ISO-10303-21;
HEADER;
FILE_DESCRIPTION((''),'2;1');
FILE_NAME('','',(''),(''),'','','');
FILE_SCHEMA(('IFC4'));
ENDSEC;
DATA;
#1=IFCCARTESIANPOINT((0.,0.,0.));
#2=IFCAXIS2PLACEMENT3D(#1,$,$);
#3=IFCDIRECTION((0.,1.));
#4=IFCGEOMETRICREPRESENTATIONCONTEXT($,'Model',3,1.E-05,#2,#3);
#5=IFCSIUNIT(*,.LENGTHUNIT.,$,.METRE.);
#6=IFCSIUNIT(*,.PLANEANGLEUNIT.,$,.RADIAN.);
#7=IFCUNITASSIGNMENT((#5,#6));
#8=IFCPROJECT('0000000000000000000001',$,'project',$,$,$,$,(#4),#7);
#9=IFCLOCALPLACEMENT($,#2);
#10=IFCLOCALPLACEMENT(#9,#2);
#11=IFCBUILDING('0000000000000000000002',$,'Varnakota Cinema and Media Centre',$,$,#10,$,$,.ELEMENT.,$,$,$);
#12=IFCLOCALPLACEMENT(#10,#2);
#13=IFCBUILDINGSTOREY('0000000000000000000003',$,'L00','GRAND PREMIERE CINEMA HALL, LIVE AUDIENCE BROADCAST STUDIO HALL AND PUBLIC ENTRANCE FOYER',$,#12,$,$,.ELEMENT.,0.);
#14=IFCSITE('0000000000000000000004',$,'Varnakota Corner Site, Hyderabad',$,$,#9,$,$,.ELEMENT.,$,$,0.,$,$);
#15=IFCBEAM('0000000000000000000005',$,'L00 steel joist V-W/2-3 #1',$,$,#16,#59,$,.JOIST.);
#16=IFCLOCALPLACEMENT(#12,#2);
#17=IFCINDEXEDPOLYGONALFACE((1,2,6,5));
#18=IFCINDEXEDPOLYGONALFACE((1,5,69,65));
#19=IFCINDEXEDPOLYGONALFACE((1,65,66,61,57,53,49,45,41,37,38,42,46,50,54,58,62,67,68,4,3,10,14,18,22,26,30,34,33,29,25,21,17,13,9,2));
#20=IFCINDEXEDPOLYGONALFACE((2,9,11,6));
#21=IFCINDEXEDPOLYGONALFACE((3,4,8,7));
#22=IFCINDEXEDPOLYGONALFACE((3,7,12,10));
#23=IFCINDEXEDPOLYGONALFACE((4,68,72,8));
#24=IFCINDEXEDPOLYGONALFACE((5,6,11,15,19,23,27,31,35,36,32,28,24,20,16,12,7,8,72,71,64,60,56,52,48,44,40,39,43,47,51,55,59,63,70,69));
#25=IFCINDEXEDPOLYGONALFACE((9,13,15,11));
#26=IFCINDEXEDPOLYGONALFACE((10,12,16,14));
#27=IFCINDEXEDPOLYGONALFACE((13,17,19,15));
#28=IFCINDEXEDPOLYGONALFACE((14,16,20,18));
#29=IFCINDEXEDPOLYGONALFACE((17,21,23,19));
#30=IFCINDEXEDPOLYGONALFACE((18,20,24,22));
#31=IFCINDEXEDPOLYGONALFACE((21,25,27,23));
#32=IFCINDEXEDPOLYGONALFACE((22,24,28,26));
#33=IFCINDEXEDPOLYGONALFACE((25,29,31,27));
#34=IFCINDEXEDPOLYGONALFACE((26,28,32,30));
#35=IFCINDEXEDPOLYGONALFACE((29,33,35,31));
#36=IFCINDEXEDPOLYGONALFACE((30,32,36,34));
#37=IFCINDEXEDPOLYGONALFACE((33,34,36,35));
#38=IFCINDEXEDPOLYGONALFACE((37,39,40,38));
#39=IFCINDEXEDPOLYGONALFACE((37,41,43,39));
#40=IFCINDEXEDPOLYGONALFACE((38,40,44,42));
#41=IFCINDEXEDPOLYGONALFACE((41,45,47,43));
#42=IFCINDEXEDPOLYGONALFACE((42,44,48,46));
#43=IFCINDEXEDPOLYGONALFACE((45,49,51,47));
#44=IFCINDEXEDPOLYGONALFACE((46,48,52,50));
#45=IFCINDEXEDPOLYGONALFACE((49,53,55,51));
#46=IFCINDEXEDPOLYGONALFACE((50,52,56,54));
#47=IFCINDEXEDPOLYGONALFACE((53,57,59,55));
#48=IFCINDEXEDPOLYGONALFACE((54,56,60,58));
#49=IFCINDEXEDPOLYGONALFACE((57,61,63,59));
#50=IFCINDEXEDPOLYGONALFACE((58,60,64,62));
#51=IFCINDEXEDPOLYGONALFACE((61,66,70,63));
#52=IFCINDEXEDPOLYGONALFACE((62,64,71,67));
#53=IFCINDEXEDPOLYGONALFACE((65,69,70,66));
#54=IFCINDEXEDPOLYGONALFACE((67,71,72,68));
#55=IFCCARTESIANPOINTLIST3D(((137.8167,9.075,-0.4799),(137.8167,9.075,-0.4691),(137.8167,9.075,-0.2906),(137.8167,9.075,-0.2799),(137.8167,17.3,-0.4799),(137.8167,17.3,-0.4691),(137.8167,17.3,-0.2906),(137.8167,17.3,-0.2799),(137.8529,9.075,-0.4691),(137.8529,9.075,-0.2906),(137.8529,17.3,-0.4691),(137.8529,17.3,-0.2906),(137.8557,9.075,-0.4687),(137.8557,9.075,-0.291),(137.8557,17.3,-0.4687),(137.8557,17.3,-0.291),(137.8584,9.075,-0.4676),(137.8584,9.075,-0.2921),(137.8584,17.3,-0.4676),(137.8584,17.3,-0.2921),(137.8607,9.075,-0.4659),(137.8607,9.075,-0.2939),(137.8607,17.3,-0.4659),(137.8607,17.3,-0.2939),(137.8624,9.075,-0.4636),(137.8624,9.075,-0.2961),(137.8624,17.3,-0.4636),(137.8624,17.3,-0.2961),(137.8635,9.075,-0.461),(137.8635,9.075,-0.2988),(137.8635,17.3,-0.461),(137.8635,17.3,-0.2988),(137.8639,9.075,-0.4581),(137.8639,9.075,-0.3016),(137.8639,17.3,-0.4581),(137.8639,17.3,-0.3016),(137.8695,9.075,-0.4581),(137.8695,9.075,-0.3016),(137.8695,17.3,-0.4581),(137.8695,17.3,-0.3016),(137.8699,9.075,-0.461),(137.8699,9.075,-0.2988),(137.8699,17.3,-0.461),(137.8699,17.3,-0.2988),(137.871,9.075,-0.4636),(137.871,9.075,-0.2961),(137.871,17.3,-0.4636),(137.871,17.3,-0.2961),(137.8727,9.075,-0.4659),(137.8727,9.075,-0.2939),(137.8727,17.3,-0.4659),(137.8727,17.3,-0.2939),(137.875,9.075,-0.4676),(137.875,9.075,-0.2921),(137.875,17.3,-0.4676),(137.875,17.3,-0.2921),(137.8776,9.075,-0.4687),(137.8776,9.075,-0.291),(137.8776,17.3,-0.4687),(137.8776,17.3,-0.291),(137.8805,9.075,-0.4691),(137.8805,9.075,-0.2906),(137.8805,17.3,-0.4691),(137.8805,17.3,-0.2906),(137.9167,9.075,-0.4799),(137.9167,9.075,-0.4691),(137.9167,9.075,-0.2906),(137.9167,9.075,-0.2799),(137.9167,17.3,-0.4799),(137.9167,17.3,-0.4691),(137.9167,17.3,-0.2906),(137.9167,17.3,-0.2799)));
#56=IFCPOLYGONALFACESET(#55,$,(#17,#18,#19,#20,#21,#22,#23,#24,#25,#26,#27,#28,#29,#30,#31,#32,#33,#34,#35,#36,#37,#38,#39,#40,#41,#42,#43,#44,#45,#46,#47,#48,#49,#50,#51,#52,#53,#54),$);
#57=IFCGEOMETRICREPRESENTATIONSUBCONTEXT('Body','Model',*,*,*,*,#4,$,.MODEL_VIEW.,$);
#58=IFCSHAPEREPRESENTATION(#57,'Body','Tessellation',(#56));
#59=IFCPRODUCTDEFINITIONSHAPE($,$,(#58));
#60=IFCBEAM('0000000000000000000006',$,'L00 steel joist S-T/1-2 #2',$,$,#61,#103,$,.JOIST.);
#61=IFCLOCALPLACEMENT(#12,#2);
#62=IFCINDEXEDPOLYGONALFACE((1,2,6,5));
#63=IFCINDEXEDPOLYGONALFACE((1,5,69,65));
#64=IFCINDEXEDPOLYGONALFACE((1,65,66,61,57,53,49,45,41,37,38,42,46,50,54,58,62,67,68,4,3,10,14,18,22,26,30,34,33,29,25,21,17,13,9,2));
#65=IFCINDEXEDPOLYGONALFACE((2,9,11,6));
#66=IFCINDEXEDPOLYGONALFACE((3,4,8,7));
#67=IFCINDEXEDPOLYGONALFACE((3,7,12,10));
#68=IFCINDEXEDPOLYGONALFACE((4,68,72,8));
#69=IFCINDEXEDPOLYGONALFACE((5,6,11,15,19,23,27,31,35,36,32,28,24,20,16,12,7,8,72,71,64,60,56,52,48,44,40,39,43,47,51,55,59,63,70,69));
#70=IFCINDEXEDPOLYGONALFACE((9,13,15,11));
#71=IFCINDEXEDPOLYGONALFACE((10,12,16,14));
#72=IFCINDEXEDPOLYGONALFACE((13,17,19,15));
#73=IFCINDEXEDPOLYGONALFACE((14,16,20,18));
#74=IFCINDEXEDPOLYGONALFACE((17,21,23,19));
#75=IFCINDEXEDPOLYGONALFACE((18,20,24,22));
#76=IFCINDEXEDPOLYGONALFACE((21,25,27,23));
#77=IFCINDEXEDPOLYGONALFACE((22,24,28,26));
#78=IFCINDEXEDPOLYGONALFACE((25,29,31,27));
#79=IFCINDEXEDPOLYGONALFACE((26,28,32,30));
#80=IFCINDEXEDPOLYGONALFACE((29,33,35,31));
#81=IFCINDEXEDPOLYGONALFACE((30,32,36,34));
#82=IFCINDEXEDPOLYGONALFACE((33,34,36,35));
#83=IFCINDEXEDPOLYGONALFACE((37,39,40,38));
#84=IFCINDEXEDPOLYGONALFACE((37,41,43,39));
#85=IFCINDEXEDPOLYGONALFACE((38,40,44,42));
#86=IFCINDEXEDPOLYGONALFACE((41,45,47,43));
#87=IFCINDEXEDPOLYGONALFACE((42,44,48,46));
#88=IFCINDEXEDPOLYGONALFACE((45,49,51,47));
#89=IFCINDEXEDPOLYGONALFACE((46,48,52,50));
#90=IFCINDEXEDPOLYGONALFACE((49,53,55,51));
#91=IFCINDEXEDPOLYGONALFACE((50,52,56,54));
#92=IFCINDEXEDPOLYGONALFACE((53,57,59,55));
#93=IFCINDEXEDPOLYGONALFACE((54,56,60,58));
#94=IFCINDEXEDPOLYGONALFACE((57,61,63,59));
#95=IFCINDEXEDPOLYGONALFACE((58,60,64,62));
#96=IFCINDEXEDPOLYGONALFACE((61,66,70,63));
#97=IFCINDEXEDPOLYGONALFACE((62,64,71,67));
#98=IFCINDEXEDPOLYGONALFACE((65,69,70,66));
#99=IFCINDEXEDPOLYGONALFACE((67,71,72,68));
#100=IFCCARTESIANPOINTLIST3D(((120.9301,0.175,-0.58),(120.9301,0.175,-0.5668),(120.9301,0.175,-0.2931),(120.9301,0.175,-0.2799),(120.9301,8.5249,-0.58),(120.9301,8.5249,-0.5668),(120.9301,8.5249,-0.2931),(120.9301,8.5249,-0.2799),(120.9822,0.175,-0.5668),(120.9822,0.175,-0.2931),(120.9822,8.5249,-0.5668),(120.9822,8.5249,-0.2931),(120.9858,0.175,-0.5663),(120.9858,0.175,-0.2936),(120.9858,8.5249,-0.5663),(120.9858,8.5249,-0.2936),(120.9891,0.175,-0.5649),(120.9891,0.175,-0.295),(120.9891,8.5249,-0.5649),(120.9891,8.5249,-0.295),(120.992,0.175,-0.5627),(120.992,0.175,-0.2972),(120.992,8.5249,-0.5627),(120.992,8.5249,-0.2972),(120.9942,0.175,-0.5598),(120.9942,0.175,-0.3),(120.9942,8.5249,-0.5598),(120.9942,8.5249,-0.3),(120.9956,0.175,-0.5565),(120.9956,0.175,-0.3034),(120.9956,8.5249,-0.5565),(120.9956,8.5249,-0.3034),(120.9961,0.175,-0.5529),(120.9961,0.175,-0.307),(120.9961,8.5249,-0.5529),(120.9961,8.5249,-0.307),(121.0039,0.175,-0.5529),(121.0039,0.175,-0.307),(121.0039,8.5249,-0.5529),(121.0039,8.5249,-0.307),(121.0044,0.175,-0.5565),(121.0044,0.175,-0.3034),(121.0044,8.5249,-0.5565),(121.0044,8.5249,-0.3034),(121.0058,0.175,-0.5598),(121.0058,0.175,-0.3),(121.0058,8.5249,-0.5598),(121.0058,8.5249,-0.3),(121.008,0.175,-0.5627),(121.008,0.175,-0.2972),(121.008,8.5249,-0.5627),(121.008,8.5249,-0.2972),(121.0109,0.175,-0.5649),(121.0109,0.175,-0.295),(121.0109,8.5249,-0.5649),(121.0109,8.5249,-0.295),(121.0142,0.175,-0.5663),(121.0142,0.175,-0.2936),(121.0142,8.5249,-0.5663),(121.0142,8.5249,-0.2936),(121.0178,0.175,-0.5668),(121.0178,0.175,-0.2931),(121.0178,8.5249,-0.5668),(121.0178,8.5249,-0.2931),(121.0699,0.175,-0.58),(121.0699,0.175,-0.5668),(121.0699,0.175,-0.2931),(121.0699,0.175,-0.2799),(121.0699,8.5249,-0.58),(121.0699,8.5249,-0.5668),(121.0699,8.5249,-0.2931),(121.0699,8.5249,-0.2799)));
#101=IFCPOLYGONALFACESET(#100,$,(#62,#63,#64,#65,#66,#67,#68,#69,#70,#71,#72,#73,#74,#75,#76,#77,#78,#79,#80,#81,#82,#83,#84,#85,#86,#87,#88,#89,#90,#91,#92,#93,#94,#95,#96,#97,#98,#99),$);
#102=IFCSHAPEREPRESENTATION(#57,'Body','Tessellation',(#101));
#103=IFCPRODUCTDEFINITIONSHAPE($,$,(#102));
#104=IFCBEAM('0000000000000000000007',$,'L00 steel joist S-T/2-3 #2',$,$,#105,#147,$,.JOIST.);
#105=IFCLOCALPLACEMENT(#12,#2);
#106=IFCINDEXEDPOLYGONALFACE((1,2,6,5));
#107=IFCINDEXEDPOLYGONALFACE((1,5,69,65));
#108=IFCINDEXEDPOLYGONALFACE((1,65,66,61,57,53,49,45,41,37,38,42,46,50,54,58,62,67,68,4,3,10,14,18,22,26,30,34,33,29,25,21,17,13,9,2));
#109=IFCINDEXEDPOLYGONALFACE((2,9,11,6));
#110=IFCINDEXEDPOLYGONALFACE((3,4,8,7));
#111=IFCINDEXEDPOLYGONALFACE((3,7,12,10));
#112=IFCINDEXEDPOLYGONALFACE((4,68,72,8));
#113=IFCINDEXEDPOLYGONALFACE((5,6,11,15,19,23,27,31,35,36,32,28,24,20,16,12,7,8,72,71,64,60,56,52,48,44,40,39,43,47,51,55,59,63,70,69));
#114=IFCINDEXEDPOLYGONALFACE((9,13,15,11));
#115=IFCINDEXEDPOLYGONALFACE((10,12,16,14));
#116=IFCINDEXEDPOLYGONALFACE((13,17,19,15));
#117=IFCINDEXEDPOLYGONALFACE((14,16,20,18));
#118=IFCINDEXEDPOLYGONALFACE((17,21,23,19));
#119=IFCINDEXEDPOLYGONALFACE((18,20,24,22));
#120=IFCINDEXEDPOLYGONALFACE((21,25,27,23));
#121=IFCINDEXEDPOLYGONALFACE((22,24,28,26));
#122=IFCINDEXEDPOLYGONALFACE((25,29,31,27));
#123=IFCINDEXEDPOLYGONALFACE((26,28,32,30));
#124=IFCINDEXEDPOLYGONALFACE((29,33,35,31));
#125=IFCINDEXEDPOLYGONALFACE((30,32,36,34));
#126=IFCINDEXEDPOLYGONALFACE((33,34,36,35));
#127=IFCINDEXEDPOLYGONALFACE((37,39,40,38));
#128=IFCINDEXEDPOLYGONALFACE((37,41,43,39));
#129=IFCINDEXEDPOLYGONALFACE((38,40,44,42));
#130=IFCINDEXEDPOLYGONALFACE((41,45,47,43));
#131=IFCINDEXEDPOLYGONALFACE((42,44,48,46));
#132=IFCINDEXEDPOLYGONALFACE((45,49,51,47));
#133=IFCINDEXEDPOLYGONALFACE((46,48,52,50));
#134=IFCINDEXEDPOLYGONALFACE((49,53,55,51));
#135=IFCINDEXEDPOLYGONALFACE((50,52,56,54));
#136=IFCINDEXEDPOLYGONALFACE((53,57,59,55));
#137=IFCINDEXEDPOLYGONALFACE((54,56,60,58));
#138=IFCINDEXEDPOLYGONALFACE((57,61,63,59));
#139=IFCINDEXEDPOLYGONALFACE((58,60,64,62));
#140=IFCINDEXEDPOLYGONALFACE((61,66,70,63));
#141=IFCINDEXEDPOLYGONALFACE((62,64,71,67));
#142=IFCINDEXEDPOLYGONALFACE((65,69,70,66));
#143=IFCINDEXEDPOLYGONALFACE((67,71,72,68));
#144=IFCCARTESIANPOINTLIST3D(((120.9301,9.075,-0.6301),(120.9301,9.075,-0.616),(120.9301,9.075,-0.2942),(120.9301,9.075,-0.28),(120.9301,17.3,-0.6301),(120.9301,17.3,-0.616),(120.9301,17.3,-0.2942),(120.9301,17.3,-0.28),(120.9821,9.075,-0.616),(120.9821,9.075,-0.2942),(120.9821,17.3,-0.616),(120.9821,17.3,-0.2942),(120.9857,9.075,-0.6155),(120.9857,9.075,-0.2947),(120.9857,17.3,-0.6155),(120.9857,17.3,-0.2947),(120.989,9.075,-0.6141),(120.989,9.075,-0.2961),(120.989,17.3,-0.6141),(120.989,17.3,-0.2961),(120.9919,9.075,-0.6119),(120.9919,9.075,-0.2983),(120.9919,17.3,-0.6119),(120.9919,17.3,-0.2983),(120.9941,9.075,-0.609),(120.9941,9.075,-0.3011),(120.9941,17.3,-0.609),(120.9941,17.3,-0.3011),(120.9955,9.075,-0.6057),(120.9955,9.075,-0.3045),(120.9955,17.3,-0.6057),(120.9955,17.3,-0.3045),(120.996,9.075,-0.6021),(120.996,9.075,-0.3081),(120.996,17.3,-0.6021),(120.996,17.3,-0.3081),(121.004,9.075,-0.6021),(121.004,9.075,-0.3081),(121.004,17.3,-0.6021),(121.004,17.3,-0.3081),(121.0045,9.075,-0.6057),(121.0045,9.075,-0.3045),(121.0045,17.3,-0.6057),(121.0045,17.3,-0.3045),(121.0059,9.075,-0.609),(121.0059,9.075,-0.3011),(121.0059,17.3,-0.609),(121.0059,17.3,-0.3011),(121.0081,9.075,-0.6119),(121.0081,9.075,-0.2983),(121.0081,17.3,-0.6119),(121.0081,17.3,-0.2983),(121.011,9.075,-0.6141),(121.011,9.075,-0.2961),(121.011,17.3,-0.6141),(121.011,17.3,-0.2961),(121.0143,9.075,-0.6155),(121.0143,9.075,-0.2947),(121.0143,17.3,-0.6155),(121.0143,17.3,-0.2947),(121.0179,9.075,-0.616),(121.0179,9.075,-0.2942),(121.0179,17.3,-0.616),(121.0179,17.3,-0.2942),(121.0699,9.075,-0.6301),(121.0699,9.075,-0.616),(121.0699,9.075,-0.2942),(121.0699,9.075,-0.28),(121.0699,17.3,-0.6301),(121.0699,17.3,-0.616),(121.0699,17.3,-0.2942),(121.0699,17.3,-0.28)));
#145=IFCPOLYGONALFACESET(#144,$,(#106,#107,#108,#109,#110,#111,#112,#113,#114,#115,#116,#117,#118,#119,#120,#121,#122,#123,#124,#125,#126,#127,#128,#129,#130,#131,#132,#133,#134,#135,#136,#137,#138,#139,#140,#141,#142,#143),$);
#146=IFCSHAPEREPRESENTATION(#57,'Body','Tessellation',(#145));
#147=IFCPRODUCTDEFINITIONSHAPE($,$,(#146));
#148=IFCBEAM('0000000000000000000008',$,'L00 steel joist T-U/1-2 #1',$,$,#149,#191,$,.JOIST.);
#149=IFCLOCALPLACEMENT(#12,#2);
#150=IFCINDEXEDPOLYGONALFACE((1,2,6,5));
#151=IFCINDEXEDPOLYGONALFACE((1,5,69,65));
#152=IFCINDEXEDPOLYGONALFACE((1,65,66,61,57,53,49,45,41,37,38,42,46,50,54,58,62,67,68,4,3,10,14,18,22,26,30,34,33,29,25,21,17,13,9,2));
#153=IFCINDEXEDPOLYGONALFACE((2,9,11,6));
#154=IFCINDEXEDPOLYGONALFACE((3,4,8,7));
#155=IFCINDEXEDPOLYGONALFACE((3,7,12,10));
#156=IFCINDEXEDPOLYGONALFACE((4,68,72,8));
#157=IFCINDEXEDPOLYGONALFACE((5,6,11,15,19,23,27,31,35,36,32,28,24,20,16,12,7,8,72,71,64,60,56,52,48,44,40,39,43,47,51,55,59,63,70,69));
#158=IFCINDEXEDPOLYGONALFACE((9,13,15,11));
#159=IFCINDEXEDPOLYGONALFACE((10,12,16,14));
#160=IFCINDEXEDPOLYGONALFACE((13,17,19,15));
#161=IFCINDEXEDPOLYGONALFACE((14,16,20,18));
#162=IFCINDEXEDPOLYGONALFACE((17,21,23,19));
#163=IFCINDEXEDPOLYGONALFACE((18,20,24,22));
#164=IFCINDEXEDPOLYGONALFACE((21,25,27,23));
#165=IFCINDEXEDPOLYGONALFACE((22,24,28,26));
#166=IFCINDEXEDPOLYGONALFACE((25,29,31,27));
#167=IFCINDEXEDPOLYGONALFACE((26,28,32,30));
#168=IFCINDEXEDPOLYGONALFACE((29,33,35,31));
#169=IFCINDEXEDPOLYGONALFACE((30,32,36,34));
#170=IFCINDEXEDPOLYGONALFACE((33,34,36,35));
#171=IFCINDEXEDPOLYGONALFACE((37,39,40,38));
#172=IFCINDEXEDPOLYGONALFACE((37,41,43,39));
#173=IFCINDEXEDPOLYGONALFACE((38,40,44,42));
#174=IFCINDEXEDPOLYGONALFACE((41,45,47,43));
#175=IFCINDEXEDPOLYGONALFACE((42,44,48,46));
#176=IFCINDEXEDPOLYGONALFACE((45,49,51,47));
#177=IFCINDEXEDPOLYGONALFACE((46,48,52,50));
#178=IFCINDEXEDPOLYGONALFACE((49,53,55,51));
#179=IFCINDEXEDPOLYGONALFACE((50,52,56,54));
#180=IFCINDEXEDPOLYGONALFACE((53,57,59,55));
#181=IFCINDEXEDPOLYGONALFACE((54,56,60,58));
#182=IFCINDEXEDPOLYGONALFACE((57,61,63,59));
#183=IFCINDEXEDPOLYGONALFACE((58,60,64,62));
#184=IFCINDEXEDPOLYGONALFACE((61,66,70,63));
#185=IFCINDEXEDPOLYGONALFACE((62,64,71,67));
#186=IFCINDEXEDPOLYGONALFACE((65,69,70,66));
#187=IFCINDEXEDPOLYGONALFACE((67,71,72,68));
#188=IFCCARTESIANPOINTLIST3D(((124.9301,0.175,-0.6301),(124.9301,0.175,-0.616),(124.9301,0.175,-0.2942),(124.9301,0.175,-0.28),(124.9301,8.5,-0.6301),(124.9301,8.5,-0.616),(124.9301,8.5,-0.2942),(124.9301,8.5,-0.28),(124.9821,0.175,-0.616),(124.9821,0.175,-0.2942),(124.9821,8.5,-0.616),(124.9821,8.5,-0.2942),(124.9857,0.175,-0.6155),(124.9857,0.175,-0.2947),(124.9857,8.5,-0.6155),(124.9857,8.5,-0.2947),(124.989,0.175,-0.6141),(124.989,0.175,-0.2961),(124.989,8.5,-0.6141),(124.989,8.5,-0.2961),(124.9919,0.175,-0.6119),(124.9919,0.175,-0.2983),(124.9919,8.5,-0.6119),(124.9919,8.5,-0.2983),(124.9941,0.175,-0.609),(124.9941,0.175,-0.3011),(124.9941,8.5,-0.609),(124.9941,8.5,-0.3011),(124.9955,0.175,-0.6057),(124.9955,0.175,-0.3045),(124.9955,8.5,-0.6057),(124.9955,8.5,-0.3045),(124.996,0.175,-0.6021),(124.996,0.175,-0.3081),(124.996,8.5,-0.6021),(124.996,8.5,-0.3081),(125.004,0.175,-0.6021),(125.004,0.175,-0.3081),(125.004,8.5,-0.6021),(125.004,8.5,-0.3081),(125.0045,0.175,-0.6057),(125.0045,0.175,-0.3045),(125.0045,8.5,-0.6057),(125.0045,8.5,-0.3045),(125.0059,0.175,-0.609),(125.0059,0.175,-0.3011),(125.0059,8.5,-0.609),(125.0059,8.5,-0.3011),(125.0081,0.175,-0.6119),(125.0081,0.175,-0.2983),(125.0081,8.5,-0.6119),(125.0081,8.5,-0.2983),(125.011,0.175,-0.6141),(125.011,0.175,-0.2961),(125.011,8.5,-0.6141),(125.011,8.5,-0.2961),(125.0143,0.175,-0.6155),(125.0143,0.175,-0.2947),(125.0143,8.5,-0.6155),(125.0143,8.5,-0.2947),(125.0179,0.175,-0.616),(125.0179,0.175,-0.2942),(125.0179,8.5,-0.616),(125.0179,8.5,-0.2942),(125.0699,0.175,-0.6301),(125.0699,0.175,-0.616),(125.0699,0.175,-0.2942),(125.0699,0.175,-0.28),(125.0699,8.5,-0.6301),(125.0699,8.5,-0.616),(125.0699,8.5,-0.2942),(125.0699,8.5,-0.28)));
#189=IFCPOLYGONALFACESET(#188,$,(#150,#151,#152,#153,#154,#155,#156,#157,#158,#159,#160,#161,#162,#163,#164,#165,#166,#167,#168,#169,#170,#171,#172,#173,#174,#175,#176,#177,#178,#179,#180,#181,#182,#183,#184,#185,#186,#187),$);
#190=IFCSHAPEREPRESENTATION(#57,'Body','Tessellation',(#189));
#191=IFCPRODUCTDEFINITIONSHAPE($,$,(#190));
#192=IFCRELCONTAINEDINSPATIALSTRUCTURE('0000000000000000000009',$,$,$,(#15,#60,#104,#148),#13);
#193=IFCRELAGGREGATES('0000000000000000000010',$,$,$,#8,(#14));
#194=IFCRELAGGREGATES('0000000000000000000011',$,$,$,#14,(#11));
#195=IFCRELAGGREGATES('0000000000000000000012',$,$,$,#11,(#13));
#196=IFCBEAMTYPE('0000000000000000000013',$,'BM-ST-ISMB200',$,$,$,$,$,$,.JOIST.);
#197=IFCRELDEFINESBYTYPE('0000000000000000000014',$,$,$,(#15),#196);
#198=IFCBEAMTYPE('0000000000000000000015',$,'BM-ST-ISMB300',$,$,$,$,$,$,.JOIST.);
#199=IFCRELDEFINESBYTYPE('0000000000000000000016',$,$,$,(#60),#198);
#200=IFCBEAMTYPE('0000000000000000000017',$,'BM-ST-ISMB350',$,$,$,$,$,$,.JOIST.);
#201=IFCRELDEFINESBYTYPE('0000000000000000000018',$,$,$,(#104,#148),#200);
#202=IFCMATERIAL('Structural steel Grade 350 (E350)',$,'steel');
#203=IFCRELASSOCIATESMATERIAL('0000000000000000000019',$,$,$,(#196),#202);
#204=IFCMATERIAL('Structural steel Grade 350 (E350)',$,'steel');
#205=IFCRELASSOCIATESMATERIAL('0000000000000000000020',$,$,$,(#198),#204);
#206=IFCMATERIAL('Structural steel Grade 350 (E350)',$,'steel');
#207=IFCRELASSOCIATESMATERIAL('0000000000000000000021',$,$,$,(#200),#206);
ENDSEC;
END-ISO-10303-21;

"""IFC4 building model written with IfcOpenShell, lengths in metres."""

from ifc_helpers import new_model, si_unit, direction, frame, origin, origin_2d, place, context, subcontext, project, spatial, i_section, extrude, material, material_profile, profile_set, type_object, element, save


model = new_model("IFC4")

# Units and contexts
model_context = context("Model", 3, precision=1e-05, world=origin(), true_north=direction((0.0, 1.0)))
body_context = subcontext(model_context, "Body", "Model", "MODEL_VIEW")
ifc_project = project(units=[si_unit("LENGTHUNIT", "METRE"), si_unit("PLANEANGLEUNIT", "RADIAN")], contexts=[model_context])

# Site, building, storey
site_placement = place(None, origin())
site = spatial("IfcSite", under=ifc_project, at=site_placement, Name="Varnakota Corner Site, Hyderabad", CompositionType="ELEMENT", RefElevation=0.0)
building_placement = place(site_placement, origin())
building = spatial("IfcBuilding", under=site, at=building_placement, Name="Varnakota Cinema and Media Centre", CompositionType="ELEMENT")
storey_placement = place(building_placement, origin())
storey = spatial("IfcBuildingStorey", under=building, at=storey_placement, Name="L00", Description="GRAND PREMIERE CINEMA HALL, LIVE AUDIENCE BROADCAST STUDIO HALL AND PUBLIC ENTRANCE FOYER", CompositionType="ELEMENT", Elevation=0.0)

# Beams
ifc_material_1 = material(Name="Structural steel Grade 350 (E350)", Category="steel")
ifc_material_profile_1 = material_profile(ifc_material_1, i_section(OverallWidth=0.1001, OverallDepth=0.2, WebThickness=0.0056, FlangeThickness=0.0107, FilletRadius=0.011, at=origin_2d()), Name="ISMB 200")
ifc_profile_set_1 = profile_set([ifc_material_profile_1], Name="Structural steel Grade 350 (E350)")
beam_type_1 = type_object("IfcBeamType", Name="BM-ST-ISMB200", PredefinedType="JOIST", material=ifc_profile_set_1)
beam_1_placement = place(storey_placement, frame((137.8667, 9.075, -0.3799), z_axis=(0.0, 1.0, 0.0), x_axis=(-1.0, 0.0, 0.0)))
element("IfcBeam", 1, at=beam_1_placement, inside=storey, type_object=beam_type_1, Name="L00 steel joist V-W/2-3 #1", PredefinedType="JOIST", context=body_context, shape_type="SweptSolid", body=[
    extrude(i_section(OverallWidth=0.1001, OverallDepth=0.2, WebThickness=0.0056, FlangeThickness=0.0107, FilletRadius=0.011, at=origin_2d()), origin(), (0.0, 0.0, 1.0), 8.2251),
])
ifc_material_2 = material(Name="Structural steel Grade 350 (E350)", Category="steel")
ifc_material_profile_2 = material_profile(ifc_material_2, i_section(OverallWidth=0.1399, OverallDepth=0.3, WebThickness=0.0078, FlangeThickness=0.0132, FilletRadius=0.0139, at=origin_2d()), Name="ISMB 300")
ifc_profile_set_2 = profile_set([ifc_material_profile_2], Name="Structural steel Grade 350 (E350)")
beam_type_2 = type_object("IfcBeamType", Name="BM-ST-ISMB300", PredefinedType="JOIST", material=ifc_profile_set_2)
beam_2_placement = place(storey_placement, frame((121.0, 0.175, -0.4299), z_axis=(0.0, 1.0, 0.0), x_axis=(-1.0, 0.0, 0.0)))
element("IfcBeam", 2, at=beam_2_placement, inside=storey, type_object=beam_type_2, Name="L00 steel joist S-T/1-2 #2", PredefinedType="JOIST", context=body_context, shape_type="SweptSolid", body=[
    extrude(i_section(OverallWidth=0.1399, OverallDepth=0.3, WebThickness=0.0078, FlangeThickness=0.0132, FilletRadius=0.0139, at=origin_2d()), origin(), (0.0, 0.0, 1.0), 8.3499),
])
ifc_material_3 = material(Name="Structural steel Grade 350 (E350)", Category="steel")
ifc_material_profile_3 = material_profile(ifc_material_3, i_section(OverallWidth=0.1399, OverallDepth=0.3501, WebThickness=0.0081, FlangeThickness=0.0142, FilletRadius=0.0139, at=origin_2d()), Name="ISMB 350")
ifc_profile_set_3 = profile_set([ifc_material_profile_3], Name="Structural steel Grade 350 (E350)")
beam_type_3 = type_object("IfcBeamType", Name="BM-ST-ISMB350", PredefinedType="JOIST", material=ifc_profile_set_3)
beam_3_placement = place(storey_placement, frame((121.0, 9.075, -0.4551), z_axis=(0.0, 1.0, 0.0), x_axis=(-1.0, 0.0, 0.0)))
element("IfcBeam", 3, at=beam_3_placement, inside=storey, type_object=beam_type_3, Name="L00 steel joist S-T/2-3 #2", PredefinedType="JOIST", context=body_context, shape_type="SweptSolid", body=[
    extrude(i_section(OverallWidth=0.1399, OverallDepth=0.3501, WebThickness=0.0081, FlangeThickness=0.0142, FilletRadius=0.0139, at=origin_2d()), origin(), (0.0, 0.0, 1.0), 8.2251),
])
for number, where, z_axis, x_axis, name in (
    (4, (125.0, 0.175, -0.4551), (0.0, 1.0, 0.0), (-1.0, 0.0, 0.0), "L00 steel joist T-U/1-2 #1"),
):
    element("IfcBeam", number, at=place(storey_placement, frame(where, z_axis=z_axis, x_axis=x_axis)), inside=storey, type_object=beam_type_3, Name=name, PredefinedType="JOIST", context=body_context, shape_type="SweptSolid", body=[
        extrude(i_section(OverallWidth=0.1399, OverallDepth=0.3501, WebThickness=0.0081, FlangeThickness=0.0142, FilletRadius=0.0139, at=origin_2d()), origin(), (0.0, 0.0, 1.0), 8.325),
    ])

save(model, "model.ifc")
